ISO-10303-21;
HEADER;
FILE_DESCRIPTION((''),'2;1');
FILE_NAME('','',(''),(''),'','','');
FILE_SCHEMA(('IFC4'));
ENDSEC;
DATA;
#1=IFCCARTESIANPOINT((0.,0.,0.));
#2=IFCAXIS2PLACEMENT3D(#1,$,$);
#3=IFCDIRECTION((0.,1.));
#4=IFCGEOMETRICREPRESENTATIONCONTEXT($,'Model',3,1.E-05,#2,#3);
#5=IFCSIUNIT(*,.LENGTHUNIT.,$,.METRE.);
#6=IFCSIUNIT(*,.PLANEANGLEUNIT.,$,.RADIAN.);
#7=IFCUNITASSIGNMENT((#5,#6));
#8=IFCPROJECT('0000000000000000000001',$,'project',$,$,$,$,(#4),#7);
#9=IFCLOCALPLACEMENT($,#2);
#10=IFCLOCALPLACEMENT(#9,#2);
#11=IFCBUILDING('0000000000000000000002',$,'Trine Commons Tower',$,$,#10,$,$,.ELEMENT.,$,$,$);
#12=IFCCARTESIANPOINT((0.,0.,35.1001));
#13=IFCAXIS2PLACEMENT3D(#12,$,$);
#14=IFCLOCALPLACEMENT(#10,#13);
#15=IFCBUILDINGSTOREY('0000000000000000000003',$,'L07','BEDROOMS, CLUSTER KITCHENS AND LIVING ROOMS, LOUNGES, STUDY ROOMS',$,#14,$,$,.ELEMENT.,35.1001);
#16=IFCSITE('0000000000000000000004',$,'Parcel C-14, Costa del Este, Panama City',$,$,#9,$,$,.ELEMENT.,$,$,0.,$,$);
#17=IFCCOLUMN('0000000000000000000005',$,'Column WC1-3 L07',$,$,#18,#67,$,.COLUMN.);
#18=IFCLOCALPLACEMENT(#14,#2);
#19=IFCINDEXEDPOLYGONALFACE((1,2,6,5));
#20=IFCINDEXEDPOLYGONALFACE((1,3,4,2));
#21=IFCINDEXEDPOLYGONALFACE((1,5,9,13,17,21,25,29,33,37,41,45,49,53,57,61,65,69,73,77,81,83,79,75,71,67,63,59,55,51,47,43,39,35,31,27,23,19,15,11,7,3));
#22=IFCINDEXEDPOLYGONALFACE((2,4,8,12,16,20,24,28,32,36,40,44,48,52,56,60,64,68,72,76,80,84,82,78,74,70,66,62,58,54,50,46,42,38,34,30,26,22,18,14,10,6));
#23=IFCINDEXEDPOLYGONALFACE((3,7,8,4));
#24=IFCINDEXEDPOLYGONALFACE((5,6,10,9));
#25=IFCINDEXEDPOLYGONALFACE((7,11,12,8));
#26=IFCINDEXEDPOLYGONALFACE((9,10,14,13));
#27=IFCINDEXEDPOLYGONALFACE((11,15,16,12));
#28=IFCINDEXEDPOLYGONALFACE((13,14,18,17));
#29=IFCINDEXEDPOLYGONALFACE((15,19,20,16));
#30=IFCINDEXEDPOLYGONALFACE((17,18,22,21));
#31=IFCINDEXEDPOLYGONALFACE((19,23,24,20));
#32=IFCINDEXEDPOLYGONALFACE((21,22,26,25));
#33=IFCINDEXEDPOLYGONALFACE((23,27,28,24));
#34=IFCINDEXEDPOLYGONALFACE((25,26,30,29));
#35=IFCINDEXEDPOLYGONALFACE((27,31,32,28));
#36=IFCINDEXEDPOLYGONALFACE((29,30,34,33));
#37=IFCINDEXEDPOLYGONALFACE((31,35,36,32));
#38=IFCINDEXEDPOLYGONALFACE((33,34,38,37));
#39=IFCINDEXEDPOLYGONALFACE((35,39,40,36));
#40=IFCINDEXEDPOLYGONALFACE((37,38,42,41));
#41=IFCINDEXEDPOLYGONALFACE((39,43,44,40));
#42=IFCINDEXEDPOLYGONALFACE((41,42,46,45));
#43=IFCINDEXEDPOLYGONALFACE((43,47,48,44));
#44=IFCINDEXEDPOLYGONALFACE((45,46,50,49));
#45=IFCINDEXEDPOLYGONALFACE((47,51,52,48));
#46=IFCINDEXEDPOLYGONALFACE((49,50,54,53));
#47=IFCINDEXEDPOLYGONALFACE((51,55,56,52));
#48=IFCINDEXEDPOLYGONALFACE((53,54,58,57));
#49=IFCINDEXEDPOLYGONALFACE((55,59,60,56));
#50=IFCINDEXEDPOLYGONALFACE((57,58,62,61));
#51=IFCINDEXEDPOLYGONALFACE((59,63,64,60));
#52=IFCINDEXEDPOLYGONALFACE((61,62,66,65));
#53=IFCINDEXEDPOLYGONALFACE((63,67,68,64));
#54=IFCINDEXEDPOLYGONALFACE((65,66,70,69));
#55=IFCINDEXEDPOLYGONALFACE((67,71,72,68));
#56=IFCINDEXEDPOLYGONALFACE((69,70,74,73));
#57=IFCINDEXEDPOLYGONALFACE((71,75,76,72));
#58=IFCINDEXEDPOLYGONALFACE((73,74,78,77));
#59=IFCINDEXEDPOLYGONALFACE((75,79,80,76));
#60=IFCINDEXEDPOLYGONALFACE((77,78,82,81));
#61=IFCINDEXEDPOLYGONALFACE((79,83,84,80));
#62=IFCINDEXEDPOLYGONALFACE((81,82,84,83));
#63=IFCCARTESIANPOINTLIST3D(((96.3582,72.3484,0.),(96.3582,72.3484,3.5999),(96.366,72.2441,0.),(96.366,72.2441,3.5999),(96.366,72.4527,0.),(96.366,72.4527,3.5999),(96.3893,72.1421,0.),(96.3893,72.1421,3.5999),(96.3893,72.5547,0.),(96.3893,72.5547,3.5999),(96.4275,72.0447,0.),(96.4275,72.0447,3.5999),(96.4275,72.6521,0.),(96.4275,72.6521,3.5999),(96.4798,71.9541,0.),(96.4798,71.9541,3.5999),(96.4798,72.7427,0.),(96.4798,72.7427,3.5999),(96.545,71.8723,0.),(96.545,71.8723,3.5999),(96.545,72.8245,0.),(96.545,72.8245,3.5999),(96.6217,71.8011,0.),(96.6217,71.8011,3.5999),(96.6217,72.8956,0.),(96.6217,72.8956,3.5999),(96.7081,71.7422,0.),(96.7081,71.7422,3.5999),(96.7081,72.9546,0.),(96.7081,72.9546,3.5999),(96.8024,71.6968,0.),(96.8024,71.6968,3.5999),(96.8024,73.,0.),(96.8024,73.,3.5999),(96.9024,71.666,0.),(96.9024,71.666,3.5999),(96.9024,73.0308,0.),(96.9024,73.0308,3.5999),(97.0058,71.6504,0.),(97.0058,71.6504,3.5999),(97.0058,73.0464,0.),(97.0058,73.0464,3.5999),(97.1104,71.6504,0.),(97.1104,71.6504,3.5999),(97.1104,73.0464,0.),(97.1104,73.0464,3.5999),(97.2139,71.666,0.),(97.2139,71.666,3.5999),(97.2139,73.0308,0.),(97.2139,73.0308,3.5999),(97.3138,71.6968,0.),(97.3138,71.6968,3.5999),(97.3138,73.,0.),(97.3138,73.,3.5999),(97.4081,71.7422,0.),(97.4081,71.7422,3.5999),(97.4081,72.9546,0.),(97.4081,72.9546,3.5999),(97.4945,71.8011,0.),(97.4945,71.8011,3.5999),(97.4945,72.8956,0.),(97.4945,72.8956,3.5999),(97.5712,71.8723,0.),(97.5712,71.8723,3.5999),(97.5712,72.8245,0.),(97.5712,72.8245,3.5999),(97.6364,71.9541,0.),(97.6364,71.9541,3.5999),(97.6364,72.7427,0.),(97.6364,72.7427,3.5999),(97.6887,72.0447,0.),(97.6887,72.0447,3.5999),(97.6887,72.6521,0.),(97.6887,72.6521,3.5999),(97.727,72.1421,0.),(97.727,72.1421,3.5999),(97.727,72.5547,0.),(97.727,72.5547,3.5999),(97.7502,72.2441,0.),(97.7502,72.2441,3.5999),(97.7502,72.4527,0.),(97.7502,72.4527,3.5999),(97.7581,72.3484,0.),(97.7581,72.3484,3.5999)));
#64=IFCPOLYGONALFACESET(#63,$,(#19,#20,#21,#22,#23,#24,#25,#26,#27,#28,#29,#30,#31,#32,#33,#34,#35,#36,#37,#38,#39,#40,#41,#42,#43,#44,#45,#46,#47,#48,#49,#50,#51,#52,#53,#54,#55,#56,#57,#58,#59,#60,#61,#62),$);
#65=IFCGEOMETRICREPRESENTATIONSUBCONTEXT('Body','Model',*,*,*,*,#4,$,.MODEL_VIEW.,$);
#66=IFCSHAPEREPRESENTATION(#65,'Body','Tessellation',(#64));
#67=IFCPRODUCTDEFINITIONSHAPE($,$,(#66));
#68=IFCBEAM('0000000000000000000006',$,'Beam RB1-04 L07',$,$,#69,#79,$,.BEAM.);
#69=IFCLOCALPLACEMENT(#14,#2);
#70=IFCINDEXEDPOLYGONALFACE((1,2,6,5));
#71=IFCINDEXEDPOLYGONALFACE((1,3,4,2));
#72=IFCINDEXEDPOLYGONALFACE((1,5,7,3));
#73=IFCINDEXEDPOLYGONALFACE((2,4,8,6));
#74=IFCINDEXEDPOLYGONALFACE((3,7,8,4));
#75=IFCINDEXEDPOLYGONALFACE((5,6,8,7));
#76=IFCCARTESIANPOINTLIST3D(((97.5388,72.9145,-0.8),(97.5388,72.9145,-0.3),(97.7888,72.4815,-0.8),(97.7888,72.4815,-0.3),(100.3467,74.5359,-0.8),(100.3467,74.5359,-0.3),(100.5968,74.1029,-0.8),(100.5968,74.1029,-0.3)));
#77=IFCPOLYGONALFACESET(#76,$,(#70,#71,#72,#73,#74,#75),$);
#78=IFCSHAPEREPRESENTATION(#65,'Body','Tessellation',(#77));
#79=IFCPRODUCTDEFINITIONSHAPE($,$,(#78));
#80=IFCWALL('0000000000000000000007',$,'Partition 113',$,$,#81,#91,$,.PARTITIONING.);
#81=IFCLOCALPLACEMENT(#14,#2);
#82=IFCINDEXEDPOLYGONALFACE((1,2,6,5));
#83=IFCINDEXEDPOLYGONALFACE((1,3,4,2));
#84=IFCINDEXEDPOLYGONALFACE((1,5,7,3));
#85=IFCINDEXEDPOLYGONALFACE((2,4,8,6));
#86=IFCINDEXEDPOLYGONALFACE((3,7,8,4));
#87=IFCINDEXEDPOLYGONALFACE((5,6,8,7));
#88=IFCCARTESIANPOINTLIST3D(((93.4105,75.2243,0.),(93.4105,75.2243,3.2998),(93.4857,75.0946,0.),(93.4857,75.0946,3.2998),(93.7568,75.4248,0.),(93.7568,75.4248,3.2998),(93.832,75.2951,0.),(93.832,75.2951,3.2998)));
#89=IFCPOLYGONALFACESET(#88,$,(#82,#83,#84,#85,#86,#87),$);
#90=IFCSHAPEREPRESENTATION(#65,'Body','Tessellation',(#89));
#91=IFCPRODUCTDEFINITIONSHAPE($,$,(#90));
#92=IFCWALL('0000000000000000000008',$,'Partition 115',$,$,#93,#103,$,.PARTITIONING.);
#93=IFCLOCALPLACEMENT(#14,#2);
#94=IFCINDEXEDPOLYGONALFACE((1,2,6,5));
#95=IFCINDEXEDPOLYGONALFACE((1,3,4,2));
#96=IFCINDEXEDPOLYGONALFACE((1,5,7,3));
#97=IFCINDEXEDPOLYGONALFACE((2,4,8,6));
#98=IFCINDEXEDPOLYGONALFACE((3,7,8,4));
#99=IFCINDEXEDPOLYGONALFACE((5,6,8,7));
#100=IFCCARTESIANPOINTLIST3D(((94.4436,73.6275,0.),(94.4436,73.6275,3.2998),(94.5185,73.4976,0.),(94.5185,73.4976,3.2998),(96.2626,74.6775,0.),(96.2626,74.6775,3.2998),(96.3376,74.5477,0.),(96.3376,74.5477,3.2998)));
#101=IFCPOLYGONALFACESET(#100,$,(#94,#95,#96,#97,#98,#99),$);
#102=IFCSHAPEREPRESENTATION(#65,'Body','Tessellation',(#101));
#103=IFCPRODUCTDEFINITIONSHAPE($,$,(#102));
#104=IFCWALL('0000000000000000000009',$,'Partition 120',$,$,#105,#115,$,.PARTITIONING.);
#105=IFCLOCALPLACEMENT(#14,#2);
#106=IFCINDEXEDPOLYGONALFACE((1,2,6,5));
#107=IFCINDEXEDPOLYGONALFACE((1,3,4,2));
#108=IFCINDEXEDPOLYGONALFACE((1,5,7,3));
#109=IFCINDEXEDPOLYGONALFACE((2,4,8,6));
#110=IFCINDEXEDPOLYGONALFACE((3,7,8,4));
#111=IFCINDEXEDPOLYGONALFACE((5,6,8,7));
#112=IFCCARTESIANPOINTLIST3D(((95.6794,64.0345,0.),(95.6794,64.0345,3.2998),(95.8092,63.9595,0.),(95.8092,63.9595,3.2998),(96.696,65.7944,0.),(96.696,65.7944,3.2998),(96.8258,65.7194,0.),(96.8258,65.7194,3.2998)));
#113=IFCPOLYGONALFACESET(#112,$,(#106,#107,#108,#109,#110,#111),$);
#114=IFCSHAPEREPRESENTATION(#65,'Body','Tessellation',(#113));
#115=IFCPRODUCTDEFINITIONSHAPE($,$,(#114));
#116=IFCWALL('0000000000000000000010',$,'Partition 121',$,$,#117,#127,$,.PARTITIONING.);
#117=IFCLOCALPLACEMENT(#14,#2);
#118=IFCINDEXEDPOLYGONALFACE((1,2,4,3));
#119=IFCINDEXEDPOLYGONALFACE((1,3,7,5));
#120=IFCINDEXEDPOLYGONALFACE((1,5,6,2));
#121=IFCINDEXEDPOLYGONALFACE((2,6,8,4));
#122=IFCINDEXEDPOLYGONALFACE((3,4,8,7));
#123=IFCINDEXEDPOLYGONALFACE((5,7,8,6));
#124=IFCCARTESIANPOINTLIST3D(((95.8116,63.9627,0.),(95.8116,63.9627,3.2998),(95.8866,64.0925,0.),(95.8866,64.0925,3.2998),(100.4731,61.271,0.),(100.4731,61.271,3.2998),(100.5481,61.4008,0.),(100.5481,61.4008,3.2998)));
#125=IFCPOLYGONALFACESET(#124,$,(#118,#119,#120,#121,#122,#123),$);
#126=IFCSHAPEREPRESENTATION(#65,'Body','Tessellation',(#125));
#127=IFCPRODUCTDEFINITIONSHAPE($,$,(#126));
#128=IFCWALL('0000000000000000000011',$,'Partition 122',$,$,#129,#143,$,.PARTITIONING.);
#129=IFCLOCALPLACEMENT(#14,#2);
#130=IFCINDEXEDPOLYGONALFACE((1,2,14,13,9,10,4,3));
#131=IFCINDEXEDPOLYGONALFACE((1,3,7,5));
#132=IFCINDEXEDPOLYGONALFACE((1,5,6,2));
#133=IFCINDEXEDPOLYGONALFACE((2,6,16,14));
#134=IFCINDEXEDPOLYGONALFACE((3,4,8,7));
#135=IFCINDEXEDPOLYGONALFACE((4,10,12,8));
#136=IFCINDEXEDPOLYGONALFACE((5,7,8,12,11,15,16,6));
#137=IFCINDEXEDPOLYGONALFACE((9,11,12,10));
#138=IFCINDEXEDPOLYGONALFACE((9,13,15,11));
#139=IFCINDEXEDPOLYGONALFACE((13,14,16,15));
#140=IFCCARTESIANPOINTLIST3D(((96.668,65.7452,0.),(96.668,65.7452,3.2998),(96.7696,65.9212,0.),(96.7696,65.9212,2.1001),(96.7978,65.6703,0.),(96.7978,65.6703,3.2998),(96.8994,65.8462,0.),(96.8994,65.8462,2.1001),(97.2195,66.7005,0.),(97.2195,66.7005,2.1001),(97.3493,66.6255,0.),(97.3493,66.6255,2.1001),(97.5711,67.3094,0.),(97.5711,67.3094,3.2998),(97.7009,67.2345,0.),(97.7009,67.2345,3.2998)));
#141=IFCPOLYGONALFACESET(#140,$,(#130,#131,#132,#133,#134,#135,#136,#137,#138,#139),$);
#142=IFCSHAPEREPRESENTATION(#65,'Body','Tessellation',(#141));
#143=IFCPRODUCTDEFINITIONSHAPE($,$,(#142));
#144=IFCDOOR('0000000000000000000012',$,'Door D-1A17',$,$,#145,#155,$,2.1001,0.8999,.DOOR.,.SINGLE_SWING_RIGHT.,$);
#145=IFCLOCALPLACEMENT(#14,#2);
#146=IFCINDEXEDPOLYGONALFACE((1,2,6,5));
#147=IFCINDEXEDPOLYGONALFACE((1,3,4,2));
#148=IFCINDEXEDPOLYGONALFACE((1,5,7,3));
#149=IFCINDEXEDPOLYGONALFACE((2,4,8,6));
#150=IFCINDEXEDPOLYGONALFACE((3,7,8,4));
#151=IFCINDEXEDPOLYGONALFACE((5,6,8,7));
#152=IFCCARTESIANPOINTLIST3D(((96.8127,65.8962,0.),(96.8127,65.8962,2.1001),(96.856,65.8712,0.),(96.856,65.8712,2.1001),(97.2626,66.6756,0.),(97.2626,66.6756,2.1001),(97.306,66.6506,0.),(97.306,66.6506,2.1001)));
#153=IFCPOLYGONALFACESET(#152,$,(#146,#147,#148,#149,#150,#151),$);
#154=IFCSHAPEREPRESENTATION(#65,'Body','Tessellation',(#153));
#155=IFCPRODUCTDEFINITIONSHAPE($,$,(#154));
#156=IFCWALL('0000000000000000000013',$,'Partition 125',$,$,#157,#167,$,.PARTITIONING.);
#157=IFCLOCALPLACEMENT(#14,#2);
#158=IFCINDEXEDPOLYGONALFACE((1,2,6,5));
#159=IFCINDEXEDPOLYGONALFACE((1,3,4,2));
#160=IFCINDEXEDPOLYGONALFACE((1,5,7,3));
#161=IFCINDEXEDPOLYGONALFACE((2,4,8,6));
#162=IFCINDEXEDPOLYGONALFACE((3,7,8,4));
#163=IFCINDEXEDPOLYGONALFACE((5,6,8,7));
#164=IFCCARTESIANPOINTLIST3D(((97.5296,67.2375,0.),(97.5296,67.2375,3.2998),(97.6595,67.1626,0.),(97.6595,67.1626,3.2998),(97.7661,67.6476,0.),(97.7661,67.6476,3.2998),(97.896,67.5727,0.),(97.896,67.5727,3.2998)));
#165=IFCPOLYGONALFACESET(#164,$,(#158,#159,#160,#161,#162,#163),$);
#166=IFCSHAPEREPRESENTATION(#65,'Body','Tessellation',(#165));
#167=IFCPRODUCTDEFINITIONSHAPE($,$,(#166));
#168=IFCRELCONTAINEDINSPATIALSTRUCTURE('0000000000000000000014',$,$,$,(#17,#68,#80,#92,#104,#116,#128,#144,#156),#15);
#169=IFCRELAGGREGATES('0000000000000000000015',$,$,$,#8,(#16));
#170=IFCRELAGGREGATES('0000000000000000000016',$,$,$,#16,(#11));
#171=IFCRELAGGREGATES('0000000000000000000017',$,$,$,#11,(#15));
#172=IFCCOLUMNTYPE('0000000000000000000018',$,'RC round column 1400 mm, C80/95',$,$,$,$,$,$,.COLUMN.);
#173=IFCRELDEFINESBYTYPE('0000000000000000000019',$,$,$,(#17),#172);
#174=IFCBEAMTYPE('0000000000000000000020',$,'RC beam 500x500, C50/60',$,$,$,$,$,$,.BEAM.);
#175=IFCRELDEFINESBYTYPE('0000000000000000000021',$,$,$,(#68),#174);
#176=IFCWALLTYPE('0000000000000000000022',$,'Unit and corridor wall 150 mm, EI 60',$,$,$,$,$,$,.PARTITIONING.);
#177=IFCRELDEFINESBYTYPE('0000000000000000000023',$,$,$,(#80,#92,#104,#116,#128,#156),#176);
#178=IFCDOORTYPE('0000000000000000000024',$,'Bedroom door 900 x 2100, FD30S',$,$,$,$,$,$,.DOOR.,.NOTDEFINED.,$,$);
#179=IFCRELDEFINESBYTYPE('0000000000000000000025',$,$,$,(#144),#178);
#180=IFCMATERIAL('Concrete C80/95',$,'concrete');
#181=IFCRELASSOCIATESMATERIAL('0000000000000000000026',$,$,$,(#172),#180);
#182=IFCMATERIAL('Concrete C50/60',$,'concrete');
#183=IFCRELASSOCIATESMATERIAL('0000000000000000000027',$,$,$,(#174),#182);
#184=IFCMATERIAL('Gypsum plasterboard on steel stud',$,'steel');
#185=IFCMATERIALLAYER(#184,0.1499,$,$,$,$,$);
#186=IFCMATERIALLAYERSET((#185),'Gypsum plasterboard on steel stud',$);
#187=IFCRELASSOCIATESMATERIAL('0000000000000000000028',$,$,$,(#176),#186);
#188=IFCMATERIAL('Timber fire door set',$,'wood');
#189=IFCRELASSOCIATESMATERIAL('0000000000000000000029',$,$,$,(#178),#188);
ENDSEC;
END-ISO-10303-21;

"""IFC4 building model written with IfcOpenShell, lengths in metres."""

from ifc_helpers import new_model, si_unit, direction, frame, frame_2d, origin, origin_2d, place, context, subcontext, project, spatial, rectangle, circle, extrude, material, layer, layer_set, material_profile, profile_set, type_object, element, fill, save


model = new_model("IFC4")

# Units and contexts
model_context = context("Model", 3, precision=1e-05, world=origin(), true_north=direction((0.0, 1.0)))
body_context = subcontext(model_context, "Body", "Model", "MODEL_VIEW")
ifc_project = project(units=[si_unit("LENGTHUNIT", "METRE"), si_unit("PLANEANGLEUNIT", "RADIAN")], contexts=[model_context])

# Site, building, storey
site_placement = place(None, origin())
site = spatial("IfcSite", under=ifc_project, at=site_placement, Name="Parcel C-14, Costa del Este, Panama City", CompositionType="ELEMENT", RefElevation=0.0)
building_placement = place(site_placement, origin())
building = spatial("IfcBuilding", under=site, at=building_placement, Name="Trine Commons Tower", CompositionType="ELEMENT")
storey_placement = place(building_placement, frame((0.0, 0.0, 35.1001)))
storey = spatial("IfcBuildingStorey", under=building, at=storey_placement, Name="L07", Description="BEDROOMS, CLUSTER KITCHENS AND LIVING ROOMS, LOUNGES, STUDY ROOMS", CompositionType="ELEMENT", Elevation=35.1001)

# Column
ifc_material_1 = material(Name="Concrete C80/95", Category="concrete")
ifc_material_profile_1 = material_profile(ifc_material_1, circle(Radius=0.7, at=origin_2d()), Name="RC round 1400")
ifc_profile_set_1 = profile_set([ifc_material_profile_1], Name="Concrete C80/95")
column_type = type_object("IfcColumnType", Name="RC round column 1400 mm, C80/95", PredefinedType="COLUMN", material=ifc_profile_set_1)
column_placement = place(storey_placement, frame((97.0581, 72.3484, 0.0), z_axis=(0.0, 0.0, 1.0), x_axis=(1.0, 0.0, 0.0)))
element("IfcColumn", 1, at=column_placement, inside=storey, type_object=column_type, Name="Column WC1-3 L07", PredefinedType="COLUMN", context=body_context, shape_type="SweptSolid", body=[
    extrude(circle(Radius=0.7, at=origin_2d()), origin(), (0.0, 0.0, 1.0), 3.5999),
])

# Beam
ifc_material_2 = material(Name="Concrete C50/60", Category="concrete")
ifc_material_profile_2 = material_profile(ifc_material_2, rectangle(XDim=0.5, YDim=0.5, at=origin_2d()), Name="RC 500x500")
ifc_profile_set_2 = profile_set([ifc_material_profile_2], Name="Concrete C50/60")
beam_type = type_object("IfcBeamType", Name="RC beam 500x500, C50/60", PredefinedType="BEAM", material=ifc_profile_set_2)
beam_placement = place(storey_placement, frame((97.6638, 72.698, -0.55), z_axis=(0.865996, 0.500051, 0.0), x_axis=(-0.500051, 0.865996, 0.0)))
element("IfcBeam", 2, at=beam_placement, inside=storey, type_object=beam_type, Name="Beam RB1-04 L07", PredefinedType="BEAM", context=body_context, shape_type="SweptSolid", body=[
    extrude(rectangle(XDim=0.5, YDim=0.5, at=origin_2d()), origin(), (0.0, 0.0, 1.0), 3.2424),
])

# Walls
ifc_material_3 = material(Name="Gypsum plasterboard on steel stud", Category="steel")
ifc_layer_1 = layer(ifc_material_3, 0.1499)
ifc_layer_set_1 = layer_set([ifc_layer_1], Name="Gypsum plasterboard on steel stud")
wall_type_1 = type_object("IfcWallType", Name="Unit and corridor wall 150 mm, EI 60", PredefinedType="PARTITIONING", material=ifc_layer_set_1)
wall_1_placement = place(storey_placement, frame((93.448, 75.1594, 0.0), z_axis=(0.0, 0.0, 1.0), x_axis=(0.865412, 0.50106, 0.0)))
element("IfcWall", 3, at=wall_1_placement, inside=storey, type_object=wall_type_1, Name="Partition 113", PredefinedType="PARTITIONING", context=body_context, shape_type="SweptSolid", body=[
    extrude(rectangle(XDim=0.4001, YDim=0.1499, at=frame_2d((0.2002, 0.0))), origin(), (0.0, 0.0, 1.0), 3.2998),
])
wall_2_placement = place(storey_placement, frame((94.481, 73.5625, 0.0), z_axis=(0.0, 0.0, 1.0), x_axis=(0.866068, 0.499927, 0.0)))
element("IfcWall", 4, at=wall_2_placement, inside=storey, type_object=wall_type_1, Name="Partition 115", PredefinedType="PARTITIONING", context=body_context, shape_type="SweptSolid", body=[
    extrude(rectangle(XDim=2.1003, YDim=0.1499, at=frame_2d((1.0503, 0.0))), origin(), (0.0, 0.0, 1.0), 3.2998),
])
wall_3_placement = place(storey_placement, frame((95.7444, 63.9971, 0.0), z_axis=(0.0, 0.0, 1.0), x_axis=(0.50017, 0.865928, 0.0)))
element("IfcWall", 5, at=wall_3_placement, inside=storey, type_object=wall_type_1, Name="Partition 120", PredefinedType="PARTITIONING", context=body_context, shape_type="SweptSolid", body=[
    extrude(rectangle(XDim=2.0325, YDim=0.1499, at=frame_2d((1.0161, 0.0))), origin(), (0.0, 0.0, 1.0), 3.2998),
])
wall_4_placement = place(storey_placement, frame((95.8491, 64.0276, 0.0), z_axis=(0.0, 0.0, 1.0), x_axis=(0.865993, -0.500056, 0.0)))
element("IfcWall", 6, at=wall_4_placement, inside=storey, type_object=wall_type_1, Name="Partition 121", PredefinedType="PARTITIONING", context=body_context, shape_type="SweptSolid", body=[
    extrude(rectangle(XDim=5.3828, YDim=0.1499, at=frame_2d((2.6914, 0.0))), origin(), (0.0, 0.0, 1.0), 3.2998),
])

# Wall, opening, door
wall_5_placement = place(storey_placement, frame((96.7329, 65.7078, 0.0), z_axis=(0.0, 0.0, 1.0), x_axis=(0.499992, 0.86603, 0.0)))
wall_5 = element("IfcWall", 7, at=wall_5_placement, inside=storey, type_object=wall_type_1, Name="Partition 122", PredefinedType="PARTITIONING", context=body_context, shape_type="SweptSolid", body=[
    extrude(rectangle(XDim=1.8062, YDim=0.1499, at=frame_2d((0.9031, 0.0))), origin(), (0.0, 0.0, 1.0), 3.2998),
])
opening_1_placement = place(wall_5_placement, frame((0.2031, 0.0, 0.0)))
opening_1 = element("IfcOpeningElement", 8, at=opening_1_placement, cuts=wall_5, PredefinedType="OPENING", context=body_context, shape_type="SweptSolid", body=[
    extrude(rectangle(XDim=0.8999, YDim=2.1001, at=frame_2d((0.45, 1.05))), frame((0.0, 0.085, 0.0), z_axis=(0.0, -1.0, 0.0), x_axis=(1.0, 0.0, 0.0)), (0.0, 0.0, 1.0), 0.1699),
])
ifc_material_4 = material(Name="Timber fire door set", Category="wood")
door_type_1 = type_object("IfcDoorType", Name="Bedroom door 900 x 2100, FD30S", OperationType="NOTDEFINED", PredefinedType="DOOR", material=ifc_material_4)
door_1_placement = place(opening_1_placement, frame((0.8999, 0.0, 0.0), z_axis=(0.0, 0.0, 1.0), x_axis=(-1.0, 0.0, 0.0)))
door_1 = element("IfcDoor", 9, at=door_1_placement, inside=storey, type_object=door_type_1, Name="Door D-1A17", OperationType="SINGLE_SWING_RIGHT", OverallHeight=2.1001, OverallWidth=0.8999, PredefinedType="DOOR", context=body_context, shape_type="SweptSolid", body=[
    extrude(rectangle(XDim=0.8999, YDim=2.1001, at=frame_2d((0.45, 1.05))), frame((0.0, 0.0249, 0.0), z_axis=(0.0, -1.0, 0.0), x_axis=(1.0, 0.0, 0.0)), (0.0, 0.0, 1.0), 0.05),
])
fill(opening_1, door_1)

# Wall
wall_6_placement = place(storey_placement, frame((97.5945, 67.2, 0.0), z_axis=(0.0, 0.0, 1.0), x_axis=(0.499633, 0.866237, 0.0)))
element("IfcWall", 10, at=wall_6_placement, inside=storey, type_object=wall_type_1, Name="Partition 125", PredefinedType="PARTITIONING", context=body_context, shape_type="SweptSolid", body=[
    extrude(rectangle(XDim=0.4734, YDim=0.1499, at=frame_2d((0.2368, 0.0))), origin(), (0.0, 0.0, 1.0), 3.2998),
])

save(model, "model.ifc")
